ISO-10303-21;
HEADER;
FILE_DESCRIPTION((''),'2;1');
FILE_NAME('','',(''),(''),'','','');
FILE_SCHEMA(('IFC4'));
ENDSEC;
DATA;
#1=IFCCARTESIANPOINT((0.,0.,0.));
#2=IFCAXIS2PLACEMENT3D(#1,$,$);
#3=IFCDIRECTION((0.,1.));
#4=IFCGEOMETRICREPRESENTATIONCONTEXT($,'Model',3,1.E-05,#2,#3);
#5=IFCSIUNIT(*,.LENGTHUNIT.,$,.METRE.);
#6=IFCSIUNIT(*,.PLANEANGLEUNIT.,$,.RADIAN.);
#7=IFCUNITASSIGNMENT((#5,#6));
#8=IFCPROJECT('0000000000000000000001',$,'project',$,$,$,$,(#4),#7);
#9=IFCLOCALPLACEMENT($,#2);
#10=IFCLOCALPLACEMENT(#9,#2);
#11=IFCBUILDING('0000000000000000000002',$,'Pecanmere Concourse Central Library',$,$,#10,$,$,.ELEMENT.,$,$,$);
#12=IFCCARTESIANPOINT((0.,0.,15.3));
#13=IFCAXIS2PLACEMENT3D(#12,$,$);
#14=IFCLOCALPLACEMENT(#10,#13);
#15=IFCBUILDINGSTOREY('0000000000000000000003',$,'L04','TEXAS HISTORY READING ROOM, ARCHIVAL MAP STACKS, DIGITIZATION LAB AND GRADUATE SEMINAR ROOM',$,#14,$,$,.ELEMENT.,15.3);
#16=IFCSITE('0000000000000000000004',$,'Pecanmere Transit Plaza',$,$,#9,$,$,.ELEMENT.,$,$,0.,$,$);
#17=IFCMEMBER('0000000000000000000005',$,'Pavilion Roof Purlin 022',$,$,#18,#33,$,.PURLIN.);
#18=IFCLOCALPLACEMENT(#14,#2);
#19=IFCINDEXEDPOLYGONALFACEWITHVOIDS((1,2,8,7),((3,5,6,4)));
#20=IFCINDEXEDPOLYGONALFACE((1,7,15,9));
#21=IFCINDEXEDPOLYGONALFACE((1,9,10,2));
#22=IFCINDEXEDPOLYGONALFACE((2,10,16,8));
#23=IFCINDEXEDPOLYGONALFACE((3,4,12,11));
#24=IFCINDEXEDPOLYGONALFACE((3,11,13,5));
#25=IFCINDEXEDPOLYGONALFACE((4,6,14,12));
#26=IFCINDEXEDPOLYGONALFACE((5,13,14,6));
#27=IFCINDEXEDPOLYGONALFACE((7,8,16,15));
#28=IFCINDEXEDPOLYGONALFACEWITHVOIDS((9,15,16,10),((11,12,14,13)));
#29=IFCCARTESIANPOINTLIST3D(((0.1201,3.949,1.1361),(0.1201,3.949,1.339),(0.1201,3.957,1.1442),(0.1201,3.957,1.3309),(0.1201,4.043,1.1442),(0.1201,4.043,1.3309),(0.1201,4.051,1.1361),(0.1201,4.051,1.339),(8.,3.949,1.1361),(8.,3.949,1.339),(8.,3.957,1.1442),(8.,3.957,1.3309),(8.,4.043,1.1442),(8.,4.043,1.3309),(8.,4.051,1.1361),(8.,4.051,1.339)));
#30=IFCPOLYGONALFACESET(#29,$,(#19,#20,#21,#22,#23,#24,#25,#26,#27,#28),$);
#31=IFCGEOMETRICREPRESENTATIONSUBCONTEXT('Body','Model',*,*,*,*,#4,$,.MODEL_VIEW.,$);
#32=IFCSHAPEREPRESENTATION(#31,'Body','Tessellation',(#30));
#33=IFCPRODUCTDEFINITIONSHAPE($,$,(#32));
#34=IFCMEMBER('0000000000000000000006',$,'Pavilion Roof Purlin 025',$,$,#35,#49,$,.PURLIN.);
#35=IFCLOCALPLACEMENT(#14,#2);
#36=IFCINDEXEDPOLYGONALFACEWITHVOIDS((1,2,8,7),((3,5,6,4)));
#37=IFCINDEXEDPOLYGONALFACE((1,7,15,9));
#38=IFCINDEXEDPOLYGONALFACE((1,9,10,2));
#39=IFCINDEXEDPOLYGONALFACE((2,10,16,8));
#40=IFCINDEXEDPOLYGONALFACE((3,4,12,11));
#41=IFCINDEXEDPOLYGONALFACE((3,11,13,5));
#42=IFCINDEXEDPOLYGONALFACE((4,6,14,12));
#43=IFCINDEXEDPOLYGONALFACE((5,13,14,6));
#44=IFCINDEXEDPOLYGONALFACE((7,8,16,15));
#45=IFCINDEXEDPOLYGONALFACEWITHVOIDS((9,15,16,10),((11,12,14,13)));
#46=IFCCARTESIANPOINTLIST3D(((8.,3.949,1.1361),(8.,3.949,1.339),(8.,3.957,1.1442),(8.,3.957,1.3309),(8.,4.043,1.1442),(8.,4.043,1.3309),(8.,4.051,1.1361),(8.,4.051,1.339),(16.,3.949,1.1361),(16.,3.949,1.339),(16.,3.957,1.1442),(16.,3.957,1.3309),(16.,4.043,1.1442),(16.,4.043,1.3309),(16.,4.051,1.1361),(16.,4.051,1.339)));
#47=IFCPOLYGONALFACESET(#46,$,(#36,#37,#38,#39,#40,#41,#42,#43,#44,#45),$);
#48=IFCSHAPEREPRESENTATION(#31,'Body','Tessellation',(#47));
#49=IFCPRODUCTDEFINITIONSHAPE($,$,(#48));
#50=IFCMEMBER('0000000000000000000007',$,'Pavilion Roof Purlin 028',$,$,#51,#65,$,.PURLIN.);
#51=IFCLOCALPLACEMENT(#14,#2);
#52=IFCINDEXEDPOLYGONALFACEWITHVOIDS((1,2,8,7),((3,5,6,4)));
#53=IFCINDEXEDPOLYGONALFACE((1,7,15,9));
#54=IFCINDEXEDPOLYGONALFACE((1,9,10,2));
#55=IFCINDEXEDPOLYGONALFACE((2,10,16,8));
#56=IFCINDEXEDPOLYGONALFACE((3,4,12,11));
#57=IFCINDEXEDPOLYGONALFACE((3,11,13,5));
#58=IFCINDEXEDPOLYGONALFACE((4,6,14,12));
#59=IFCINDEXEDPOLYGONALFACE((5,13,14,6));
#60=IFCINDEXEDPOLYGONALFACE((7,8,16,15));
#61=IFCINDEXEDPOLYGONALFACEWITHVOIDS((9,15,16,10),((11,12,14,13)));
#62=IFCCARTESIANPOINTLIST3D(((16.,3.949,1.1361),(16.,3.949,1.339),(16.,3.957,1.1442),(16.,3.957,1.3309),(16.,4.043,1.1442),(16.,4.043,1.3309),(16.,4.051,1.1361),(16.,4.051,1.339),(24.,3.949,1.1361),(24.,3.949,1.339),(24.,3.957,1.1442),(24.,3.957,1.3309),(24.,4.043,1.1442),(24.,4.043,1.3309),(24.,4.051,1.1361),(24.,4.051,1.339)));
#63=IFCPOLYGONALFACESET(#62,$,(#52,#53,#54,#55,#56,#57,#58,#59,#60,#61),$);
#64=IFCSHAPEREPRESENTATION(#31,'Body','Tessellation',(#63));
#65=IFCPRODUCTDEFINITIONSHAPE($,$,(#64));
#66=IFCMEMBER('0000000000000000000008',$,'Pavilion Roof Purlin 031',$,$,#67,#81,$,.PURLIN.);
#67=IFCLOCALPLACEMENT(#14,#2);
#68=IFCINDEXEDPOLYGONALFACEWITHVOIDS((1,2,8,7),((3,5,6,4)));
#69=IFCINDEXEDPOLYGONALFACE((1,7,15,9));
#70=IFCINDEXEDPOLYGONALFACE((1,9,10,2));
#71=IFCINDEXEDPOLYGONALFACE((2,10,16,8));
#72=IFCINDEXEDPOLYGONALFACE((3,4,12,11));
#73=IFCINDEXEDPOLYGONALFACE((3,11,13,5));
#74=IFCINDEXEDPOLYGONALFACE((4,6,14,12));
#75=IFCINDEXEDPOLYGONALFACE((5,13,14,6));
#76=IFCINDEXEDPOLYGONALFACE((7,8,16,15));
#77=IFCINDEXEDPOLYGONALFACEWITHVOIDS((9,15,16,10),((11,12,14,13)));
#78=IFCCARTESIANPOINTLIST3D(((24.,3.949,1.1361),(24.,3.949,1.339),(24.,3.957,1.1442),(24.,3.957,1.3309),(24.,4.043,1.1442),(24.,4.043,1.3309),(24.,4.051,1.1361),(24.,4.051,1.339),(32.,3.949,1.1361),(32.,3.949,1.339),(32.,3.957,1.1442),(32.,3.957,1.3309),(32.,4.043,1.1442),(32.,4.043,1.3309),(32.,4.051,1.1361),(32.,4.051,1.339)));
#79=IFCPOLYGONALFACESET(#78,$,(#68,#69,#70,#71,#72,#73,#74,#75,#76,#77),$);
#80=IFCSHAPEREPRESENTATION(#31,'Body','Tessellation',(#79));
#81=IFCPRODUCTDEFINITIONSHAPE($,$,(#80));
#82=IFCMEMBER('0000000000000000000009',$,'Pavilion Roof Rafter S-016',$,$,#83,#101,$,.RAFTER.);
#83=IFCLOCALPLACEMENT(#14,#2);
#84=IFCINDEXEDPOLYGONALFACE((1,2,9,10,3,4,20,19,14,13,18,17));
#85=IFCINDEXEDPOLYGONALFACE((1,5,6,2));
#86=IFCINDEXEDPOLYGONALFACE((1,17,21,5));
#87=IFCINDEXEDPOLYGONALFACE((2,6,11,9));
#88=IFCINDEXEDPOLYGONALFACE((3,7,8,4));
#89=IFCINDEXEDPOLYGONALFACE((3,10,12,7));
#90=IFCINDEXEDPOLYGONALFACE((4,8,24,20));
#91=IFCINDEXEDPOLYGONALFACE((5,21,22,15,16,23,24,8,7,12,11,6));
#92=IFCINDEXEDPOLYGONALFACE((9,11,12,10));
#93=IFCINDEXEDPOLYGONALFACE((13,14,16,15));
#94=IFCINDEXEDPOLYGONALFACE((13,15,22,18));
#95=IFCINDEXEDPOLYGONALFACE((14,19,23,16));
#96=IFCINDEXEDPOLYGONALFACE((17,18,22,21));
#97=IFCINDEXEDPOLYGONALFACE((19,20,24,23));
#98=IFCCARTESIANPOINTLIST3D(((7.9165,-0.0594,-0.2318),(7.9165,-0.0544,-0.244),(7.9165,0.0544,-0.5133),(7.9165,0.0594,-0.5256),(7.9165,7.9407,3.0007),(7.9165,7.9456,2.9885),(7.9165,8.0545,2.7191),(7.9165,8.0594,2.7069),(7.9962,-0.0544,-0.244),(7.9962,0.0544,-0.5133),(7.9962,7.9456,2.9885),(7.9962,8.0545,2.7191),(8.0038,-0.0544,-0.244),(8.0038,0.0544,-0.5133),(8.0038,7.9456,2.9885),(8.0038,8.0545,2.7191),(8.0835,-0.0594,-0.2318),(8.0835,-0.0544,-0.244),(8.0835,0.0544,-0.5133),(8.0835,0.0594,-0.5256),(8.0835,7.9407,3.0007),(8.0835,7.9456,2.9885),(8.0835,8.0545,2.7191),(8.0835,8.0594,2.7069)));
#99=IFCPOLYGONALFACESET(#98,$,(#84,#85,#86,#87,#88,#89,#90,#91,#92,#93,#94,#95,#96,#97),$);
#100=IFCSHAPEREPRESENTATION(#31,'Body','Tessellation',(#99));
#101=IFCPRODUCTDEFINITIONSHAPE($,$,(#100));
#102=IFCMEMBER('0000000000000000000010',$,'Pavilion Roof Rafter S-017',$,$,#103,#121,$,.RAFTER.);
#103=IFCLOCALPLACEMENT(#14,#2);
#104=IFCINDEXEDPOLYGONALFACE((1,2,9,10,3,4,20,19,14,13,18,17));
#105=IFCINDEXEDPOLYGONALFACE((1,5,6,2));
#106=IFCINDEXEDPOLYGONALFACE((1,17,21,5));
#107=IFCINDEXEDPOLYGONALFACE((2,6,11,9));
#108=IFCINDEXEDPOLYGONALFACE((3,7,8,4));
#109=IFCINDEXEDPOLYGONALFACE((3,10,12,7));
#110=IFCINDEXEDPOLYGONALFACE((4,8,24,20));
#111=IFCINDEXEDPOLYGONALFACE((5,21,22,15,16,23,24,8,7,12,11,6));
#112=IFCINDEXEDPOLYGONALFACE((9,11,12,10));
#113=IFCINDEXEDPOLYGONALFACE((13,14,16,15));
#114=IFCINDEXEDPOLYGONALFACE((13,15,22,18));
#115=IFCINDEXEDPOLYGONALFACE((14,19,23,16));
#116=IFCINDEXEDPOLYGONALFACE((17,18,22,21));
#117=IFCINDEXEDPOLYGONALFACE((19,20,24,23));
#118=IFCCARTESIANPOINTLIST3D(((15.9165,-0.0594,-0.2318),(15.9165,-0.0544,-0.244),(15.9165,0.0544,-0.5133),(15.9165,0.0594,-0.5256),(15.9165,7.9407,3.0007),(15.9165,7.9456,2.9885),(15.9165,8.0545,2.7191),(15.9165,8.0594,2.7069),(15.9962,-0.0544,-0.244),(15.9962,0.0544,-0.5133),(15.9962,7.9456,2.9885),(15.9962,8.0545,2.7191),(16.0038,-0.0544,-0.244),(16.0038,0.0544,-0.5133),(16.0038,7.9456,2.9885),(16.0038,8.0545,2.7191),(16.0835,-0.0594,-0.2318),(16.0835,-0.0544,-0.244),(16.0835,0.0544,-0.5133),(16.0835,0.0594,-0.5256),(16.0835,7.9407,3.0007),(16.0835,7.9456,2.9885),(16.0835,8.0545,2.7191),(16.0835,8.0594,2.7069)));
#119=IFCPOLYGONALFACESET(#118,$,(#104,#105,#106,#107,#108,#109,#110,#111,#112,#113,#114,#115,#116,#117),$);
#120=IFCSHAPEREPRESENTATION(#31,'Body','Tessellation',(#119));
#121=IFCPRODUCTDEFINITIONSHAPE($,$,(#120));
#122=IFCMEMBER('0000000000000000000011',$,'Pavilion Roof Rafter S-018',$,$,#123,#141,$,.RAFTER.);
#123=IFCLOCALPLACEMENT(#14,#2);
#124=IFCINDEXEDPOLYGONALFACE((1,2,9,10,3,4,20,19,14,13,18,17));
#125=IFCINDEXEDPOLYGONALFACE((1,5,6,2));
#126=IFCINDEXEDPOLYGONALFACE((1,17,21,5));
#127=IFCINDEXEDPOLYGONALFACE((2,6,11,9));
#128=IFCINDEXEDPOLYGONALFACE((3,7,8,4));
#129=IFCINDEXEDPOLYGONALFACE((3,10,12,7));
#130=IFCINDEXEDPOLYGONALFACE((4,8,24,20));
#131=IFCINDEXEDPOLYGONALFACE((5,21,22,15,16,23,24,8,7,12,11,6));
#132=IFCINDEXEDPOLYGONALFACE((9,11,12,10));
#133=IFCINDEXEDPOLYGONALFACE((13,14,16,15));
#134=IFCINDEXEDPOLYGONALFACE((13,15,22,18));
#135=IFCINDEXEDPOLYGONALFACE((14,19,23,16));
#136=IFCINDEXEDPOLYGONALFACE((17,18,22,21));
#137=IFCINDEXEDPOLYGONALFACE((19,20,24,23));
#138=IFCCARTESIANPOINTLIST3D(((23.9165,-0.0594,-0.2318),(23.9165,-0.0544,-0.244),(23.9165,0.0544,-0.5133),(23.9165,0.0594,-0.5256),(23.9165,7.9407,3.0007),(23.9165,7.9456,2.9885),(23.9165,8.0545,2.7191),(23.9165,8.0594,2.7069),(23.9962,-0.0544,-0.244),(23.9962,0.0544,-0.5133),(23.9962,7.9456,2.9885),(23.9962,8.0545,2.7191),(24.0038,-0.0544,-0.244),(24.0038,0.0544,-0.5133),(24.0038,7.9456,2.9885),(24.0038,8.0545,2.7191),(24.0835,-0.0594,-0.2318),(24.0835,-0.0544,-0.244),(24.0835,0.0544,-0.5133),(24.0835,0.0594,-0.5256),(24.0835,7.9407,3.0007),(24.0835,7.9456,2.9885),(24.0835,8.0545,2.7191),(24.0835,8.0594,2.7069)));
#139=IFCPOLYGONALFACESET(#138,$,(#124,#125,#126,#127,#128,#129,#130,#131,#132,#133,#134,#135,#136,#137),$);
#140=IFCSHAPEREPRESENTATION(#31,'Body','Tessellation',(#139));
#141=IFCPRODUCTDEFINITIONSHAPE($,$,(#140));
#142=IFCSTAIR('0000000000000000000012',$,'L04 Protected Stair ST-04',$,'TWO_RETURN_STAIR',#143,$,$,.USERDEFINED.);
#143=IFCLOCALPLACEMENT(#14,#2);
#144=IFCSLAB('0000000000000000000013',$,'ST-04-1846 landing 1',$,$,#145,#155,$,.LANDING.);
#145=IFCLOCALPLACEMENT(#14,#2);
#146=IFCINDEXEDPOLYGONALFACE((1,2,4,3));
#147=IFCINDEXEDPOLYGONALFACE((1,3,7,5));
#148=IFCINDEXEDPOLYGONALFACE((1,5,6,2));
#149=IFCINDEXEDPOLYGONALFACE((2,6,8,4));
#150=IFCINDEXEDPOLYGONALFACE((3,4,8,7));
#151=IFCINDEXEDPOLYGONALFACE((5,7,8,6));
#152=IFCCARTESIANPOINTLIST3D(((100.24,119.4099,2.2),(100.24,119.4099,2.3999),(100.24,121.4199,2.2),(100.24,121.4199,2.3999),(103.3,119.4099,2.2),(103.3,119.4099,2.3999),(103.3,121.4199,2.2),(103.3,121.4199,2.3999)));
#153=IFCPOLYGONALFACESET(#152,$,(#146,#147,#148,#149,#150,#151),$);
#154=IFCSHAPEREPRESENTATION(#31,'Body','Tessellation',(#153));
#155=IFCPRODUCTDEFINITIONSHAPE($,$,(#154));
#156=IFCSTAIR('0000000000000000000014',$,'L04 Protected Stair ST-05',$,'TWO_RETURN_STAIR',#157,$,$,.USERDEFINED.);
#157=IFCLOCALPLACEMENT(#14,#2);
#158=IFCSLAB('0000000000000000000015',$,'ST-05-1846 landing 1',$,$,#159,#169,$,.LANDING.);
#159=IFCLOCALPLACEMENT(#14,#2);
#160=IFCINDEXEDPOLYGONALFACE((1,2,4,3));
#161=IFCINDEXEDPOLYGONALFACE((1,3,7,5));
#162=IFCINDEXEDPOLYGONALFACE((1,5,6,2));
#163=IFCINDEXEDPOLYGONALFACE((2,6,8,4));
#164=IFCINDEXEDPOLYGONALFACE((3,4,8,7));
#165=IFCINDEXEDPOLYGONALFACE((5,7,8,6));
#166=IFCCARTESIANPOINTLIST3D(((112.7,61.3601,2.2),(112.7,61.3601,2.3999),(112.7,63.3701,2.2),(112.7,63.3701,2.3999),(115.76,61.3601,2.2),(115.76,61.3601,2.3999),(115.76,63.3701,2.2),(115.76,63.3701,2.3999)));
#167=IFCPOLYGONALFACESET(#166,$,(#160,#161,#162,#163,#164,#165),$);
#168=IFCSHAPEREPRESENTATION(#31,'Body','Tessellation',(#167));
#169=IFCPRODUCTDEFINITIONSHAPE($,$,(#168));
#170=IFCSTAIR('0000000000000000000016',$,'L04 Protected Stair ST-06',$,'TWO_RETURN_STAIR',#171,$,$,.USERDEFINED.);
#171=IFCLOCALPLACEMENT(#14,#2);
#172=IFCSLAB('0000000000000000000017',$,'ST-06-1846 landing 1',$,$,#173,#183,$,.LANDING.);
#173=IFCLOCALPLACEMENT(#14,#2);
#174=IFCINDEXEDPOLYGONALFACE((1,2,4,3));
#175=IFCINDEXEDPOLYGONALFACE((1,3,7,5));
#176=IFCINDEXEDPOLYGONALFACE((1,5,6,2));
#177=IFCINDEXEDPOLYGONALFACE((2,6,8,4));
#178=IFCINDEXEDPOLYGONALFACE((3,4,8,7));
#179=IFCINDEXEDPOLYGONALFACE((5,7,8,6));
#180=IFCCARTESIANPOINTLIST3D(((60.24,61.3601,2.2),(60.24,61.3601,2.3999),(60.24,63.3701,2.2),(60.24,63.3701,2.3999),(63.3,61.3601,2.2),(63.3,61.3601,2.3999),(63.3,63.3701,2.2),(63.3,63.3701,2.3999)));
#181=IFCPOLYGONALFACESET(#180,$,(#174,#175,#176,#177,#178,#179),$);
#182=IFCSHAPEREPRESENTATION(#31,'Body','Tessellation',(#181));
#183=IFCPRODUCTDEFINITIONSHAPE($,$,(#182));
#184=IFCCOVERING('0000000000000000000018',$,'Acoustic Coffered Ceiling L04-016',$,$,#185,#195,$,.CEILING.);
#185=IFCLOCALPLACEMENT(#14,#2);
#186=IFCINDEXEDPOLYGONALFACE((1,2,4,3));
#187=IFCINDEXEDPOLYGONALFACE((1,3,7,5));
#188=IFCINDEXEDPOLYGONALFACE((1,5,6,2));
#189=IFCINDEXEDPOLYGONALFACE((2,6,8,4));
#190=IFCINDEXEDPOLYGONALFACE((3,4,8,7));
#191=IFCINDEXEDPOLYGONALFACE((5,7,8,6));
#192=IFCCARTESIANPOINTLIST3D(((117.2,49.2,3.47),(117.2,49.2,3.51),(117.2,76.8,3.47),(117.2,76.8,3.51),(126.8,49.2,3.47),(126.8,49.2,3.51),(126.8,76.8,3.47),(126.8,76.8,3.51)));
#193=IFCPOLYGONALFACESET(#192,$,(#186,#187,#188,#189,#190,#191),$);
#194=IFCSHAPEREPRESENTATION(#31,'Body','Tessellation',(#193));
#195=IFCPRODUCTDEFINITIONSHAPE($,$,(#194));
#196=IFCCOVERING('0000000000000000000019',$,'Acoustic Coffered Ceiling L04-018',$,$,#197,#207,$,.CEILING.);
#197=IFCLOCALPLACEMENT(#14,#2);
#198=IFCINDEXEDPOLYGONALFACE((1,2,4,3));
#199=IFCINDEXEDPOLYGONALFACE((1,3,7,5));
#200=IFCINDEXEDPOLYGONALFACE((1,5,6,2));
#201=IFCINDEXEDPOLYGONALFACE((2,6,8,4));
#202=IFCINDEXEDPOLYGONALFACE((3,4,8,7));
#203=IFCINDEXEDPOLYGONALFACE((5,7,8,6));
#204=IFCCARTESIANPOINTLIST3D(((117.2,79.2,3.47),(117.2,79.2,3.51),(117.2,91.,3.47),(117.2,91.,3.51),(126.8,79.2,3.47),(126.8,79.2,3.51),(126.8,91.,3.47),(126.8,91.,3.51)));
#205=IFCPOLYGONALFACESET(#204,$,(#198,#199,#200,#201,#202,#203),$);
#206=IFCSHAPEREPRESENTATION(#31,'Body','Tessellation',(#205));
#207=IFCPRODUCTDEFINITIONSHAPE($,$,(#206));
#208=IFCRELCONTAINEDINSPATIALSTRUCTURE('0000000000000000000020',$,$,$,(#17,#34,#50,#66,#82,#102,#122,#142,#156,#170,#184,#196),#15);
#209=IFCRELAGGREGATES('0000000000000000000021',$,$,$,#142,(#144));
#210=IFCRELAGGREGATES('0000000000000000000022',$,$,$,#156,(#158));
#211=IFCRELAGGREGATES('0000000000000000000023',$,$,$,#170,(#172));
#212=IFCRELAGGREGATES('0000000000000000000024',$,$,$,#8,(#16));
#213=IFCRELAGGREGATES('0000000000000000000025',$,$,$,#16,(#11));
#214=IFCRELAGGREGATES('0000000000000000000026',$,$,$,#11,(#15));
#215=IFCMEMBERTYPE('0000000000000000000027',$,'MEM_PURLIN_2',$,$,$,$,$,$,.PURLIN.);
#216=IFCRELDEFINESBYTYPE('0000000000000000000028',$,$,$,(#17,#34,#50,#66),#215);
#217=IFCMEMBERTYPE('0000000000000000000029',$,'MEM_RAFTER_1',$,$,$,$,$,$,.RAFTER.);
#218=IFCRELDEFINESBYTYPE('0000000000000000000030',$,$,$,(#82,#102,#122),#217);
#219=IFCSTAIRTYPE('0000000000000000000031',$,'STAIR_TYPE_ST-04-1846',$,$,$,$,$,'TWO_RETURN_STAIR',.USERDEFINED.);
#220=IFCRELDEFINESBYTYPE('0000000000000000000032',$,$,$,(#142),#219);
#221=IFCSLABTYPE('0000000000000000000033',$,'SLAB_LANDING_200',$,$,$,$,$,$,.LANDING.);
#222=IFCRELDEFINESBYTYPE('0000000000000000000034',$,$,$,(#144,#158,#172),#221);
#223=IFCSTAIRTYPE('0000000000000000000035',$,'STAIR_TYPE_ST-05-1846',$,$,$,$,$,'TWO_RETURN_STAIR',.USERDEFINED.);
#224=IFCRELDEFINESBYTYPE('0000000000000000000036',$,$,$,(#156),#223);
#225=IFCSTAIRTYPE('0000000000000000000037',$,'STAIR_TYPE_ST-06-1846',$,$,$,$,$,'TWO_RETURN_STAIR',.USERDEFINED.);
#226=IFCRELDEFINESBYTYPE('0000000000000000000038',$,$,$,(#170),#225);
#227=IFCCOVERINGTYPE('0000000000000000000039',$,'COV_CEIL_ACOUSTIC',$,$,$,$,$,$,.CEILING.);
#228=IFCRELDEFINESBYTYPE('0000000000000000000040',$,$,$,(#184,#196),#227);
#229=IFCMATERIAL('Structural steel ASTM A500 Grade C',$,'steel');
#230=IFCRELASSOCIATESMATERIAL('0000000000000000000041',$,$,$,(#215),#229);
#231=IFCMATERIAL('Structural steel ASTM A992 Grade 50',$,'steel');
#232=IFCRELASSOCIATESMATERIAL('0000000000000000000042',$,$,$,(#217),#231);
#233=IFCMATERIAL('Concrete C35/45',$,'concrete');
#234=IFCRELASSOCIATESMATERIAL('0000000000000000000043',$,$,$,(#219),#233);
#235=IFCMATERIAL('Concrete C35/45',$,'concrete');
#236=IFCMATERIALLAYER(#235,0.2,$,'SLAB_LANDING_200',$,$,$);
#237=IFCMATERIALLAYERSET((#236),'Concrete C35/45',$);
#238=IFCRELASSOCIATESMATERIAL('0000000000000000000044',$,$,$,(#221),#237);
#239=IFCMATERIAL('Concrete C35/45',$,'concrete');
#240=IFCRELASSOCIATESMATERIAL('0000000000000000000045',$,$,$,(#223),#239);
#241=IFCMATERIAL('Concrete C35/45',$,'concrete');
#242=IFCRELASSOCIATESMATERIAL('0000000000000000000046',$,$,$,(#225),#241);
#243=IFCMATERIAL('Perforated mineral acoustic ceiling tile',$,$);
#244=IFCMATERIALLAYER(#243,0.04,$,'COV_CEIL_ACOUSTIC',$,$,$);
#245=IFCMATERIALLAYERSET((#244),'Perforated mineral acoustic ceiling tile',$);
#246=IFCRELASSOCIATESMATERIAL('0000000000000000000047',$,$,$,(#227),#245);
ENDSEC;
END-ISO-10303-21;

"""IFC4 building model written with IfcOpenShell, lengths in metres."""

from ifc_helpers import new_model, si_unit, direction, frame, origin, origin_2d, place, context, subcontext, project, spatial, polyline, hollow_rectangle, i_section, outline, extrude, material, layer, layer_set, material_profile, profile_set, type_object, element, aggregate, save


model = new_model("IFC4")

# Units and contexts
model_context = context("Model", 3, precision=1e-05, world=origin(), true_north=direction((0.0, 1.0)))
body_context = subcontext(model_context, "Body", "Model", "MODEL_VIEW")
ifc_project = project(units=[si_unit("LENGTHUNIT", "METRE"), si_unit("PLANEANGLEUNIT", "RADIAN")], contexts=[model_context])

# Site, building, storey
site_placement = place(None, origin())
site = spatial("IfcSite", under=ifc_project, at=site_placement, Name="Pecanmere Transit Plaza", CompositionType="ELEMENT", RefElevation=0.0)
building_placement = place(site_placement, origin())
building = spatial("IfcBuilding", under=site, at=building_placement, Name="Pecanmere Concourse Central Library", CompositionType="ELEMENT")
storey_placement = place(building_placement, frame((0.0, 0.0, 15.3)))
storey = spatial("IfcBuildingStorey", under=building, at=storey_placement, Name="L04", Description="TEXAS HISTORY READING ROOM, ARCHIVAL MAP STACKS, DIGITIZATION LAB AND GRADUATE SEMINAR ROOM", CompositionType="ELEMENT", Elevation=15.3)

# Members
ifc_material_1 = material(Name="Structural steel ASTM A500 Grade C", Category="steel")
ifc_material_profile_1 = material_profile(ifc_material_1, hollow_rectangle(XDim=0.1021, YDim=0.2029, WallThickness=0.0081, at=origin_2d()), Name="HSS203x102x8.0")
ifc_profile_set_1 = profile_set([ifc_material_profile_1], Name="Structural steel ASTM A500 Grade C")
member_type_1 = type_object("IfcMemberType", Name="MEM_PURLIN_2", PredefinedType="PURLIN", material=ifc_profile_set_1)
member_1_placement = place(storey_placement, frame((0.1201, 4.0, 1.2375), z_axis=(1.0, 0.0, 0.0), x_axis=(0.0, 1.0, 0.0)))
element("IfcMember", 1, at=member_1_placement, inside=storey, type_object=member_type_1, Name="Pavilion Roof Purlin 022", PredefinedType="PURLIN", context=body_context, shape_type="SweptSolid", body=[
    extrude(hollow_rectangle(XDim=0.1021, YDim=0.2029, WallThickness=0.0081, at=origin_2d()), origin(), (0.0, 0.0, 1.0), 7.8799),
])
for number, where, z_axis, x_axis, name in (
    (2, (8.0, 4.0, 1.2375), (1.0, 0.0, 0.0), (0.0, 1.0, 0.0), "Pavilion Roof Purlin 025"),
    (3, (16.0, 4.0, 1.2375), (1.0, 0.0, 0.0), (0.0, 1.0, 0.0), "Pavilion Roof Purlin 028"),
    (4, (24.0, 4.0, 1.2375), (1.0, 0.0, 0.0), (0.0, 1.0, 0.0), "Pavilion Roof Purlin 031"),
):
    element("IfcMember", number, at=place(storey_placement, frame(where, z_axis=z_axis, x_axis=x_axis)), inside=storey, type_object=member_type_1, Name=name, PredefinedType="PURLIN", context=body_context, shape_type="SweptSolid", body=[
        extrude(hollow_rectangle(XDim=0.1021, YDim=0.2029, WallThickness=0.0081, at=origin_2d()), origin(), (0.0, 0.0, 1.0), 8.0),
    ])
ifc_material_2 = material(Name="Structural steel ASTM A992 Grade 50", Category="steel")
ifc_material_profile_2 = material_profile(ifc_material_2, i_section(OverallWidth=0.167, OverallDepth=0.3169, WebThickness=0.0076, FlangeThickness=0.0132, at=origin_2d()), Name="W310x52")
ifc_profile_set_2 = profile_set([ifc_material_profile_2], Name="Structural steel ASTM A992 Grade 50")
member_type_2 = type_object("IfcMemberType", Name="MEM_RAFTER_1", PredefinedType="RAFTER", material=ifc_profile_set_2)
for number, where, z_axis, x_axis, name in (
    (5, (8.0, 0.0, -0.3787), (0.0, 0.927175, 0.374628), (-1.0, 0.0, 0.0), "Pavilion Roof Rafter S-016"),
    (6, (16.0, 0.0, -0.3787), (0.0, 0.927175, 0.374628), (-1.0, 0.0, 0.0), "Pavilion Roof Rafter S-017"),
    (7, (24.0, 0.0, -0.3787), (0.0, 0.927175, 0.374628), (-1.0, 0.0, 0.0), "Pavilion Roof Rafter S-018"),
):
    element("IfcMember", number, at=place(storey_placement, frame(where, z_axis=z_axis, x_axis=x_axis)), inside=storey, type_object=member_type_2, Name=name, PredefinedType="RAFTER", context=body_context, shape_type="SweptSolid", body=[
        extrude(i_section(OverallWidth=0.167, OverallDepth=0.3169, WebThickness=0.0076, FlangeThickness=0.0132, at=origin_2d()), origin(), (0.0, 0.0, 1.0), 8.6284),
    ])

# Stairs, slabs
ifc_material_3 = material(Name="Concrete C35/45", Category="concrete")
stair_type_1 = type_object("IfcStairType", Name="STAIR_TYPE_ST-04-1846", ElementType="TWO_RETURN_STAIR", PredefinedType="USERDEFINED", material=ifc_material_3)
stair_1_placement = place(storey_placement, origin())
stair_1 = element("IfcStair", 8, at=stair_1_placement, inside=storey, type_object=stair_type_1, Name="L04 Protected Stair ST-04", ObjectType="TWO_RETURN_STAIR", PredefinedType="USERDEFINED")
ifc_material_4 = material(Name="Concrete C35/45", Category="concrete")
ifc_layer_1 = layer(ifc_material_4, 0.2, Name="SLAB_LANDING_200")
ifc_layer_set_1 = layer_set([ifc_layer_1], Name="Concrete C35/45")
slab_type = type_object("IfcSlabType", Name="SLAB_LANDING_200", PredefinedType="LANDING", material=ifc_layer_set_1)
slab_1_placement = place(storey_placement, frame((0.0, 0.0, 2.2)))
slab_1 = element("IfcSlab", 9, at=slab_1_placement, type_object=slab_type, Name="ST-04-1846 landing 1", PredefinedType="LANDING", context=body_context, shape_type="SweptSolid", body=[
    extrude(outline(polyline([(103.3, 119.4099), (103.3, 121.4199), (100.24, 121.4199), (100.24, 119.4099), (103.3, 119.4099)])), origin(), (0.0, 0.0, 1.0), 0.2),
])
aggregate(stair_1, [slab_1])
ifc_material_5 = material(Name="Concrete C35/45", Category="concrete")
stair_type_2 = type_object("IfcStairType", Name="STAIR_TYPE_ST-05-1846", ElementType="TWO_RETURN_STAIR", PredefinedType="USERDEFINED", material=ifc_material_5)
stair_2_placement = place(storey_placement, origin())
stair_2 = element("IfcStair", 10, at=stair_2_placement, inside=storey, type_object=stair_type_2, Name="L04 Protected Stair ST-05", ObjectType="TWO_RETURN_STAIR", PredefinedType="USERDEFINED")
slab_2_placement = place(storey_placement, frame((0.0, 0.0, 2.2)))
slab_2 = element("IfcSlab", 11, at=slab_2_placement, type_object=slab_type, Name="ST-05-1846 landing 1", PredefinedType="LANDING", context=body_context, shape_type="SweptSolid", body=[
    extrude(outline(polyline([(115.76, 61.3601), (115.76, 63.3701), (112.7, 63.3701), (112.7, 61.3601), (115.76, 61.3601)])), origin(), (0.0, 0.0, 1.0), 0.2),
])
aggregate(stair_2, [slab_2])
ifc_material_6 = material(Name="Concrete C35/45", Category="concrete")
stair_type_3 = type_object("IfcStairType", Name="STAIR_TYPE_ST-06-1846", ElementType="TWO_RETURN_STAIR", PredefinedType="USERDEFINED", material=ifc_material_6)
stair_3_placement = place(storey_placement, origin())
stair_3 = element("IfcStair", 12, at=stair_3_placement, inside=storey, type_object=stair_type_3, Name="L04 Protected Stair ST-06", ObjectType="TWO_RETURN_STAIR", PredefinedType="USERDEFINED")
slab_3_placement = place(storey_placement, frame((0.0, 0.0, 2.2)))
slab_3 = element("IfcSlab", 13, at=slab_3_placement, type_object=slab_type, Name="ST-06-1846 landing 1", PredefinedType="LANDING", context=body_context, shape_type="SweptSolid", body=[
    extrude(outline(polyline([(63.3, 61.3601), (63.3, 63.3701), (60.24, 63.3701), (60.24, 61.3601), (63.3, 61.3601)])), origin(), (0.0, 0.0, 1.0), 0.2),
])
aggregate(stair_3, [slab_3])

# Coverings
ifc_material_7 = material(Name="Perforated mineral acoustic ceiling tile")
ifc_layer_2 = layer(ifc_material_7, 0.04, Name="COV_CEIL_ACOUSTIC")
ifc_layer_set_2 = layer_set([ifc_layer_2], Name="Perforated mineral acoustic ceiling tile")
covering_type_1 = type_object("IfcCoveringType", Name="COV_CEIL_ACOUSTIC", PredefinedType="CEILING", material=ifc_layer_set_2)
covering_1_placement = place(storey_placement, frame((0.0, 0.0, 3.47)))
element("IfcCovering", 14, at=covering_1_placement, inside=storey, type_object=covering_type_1, Name="Acoustic Coffered Ceiling L04-016", PredefinedType="CEILING", context=body_context, shape_type="SweptSolid", body=[
    extrude(outline(polyline([(117.2, 49.2), (126.8, 49.2), (126.8, 76.8), (117.2, 76.8), (117.2, 49.2)])), origin(), (0.0, 0.0, 1.0), 0.04),
])
covering_2_placement = place(storey_placement, frame((0.0, 0.0, 3.47)))
element("IfcCovering", 15, at=covering_2_placement, inside=storey, type_object=covering_type_1, Name="Acoustic Coffered Ceiling L04-018", PredefinedType="CEILING", context=body_context, shape_type="SweptSolid", body=[
    extrude(outline(polyline([(117.2, 79.2), (126.8, 79.2), (126.8, 91.0), (117.2, 91.0), (117.2, 79.2)])), origin(), (0.0, 0.0, 1.0), 0.04),
])

save(model, "model.ifc")
